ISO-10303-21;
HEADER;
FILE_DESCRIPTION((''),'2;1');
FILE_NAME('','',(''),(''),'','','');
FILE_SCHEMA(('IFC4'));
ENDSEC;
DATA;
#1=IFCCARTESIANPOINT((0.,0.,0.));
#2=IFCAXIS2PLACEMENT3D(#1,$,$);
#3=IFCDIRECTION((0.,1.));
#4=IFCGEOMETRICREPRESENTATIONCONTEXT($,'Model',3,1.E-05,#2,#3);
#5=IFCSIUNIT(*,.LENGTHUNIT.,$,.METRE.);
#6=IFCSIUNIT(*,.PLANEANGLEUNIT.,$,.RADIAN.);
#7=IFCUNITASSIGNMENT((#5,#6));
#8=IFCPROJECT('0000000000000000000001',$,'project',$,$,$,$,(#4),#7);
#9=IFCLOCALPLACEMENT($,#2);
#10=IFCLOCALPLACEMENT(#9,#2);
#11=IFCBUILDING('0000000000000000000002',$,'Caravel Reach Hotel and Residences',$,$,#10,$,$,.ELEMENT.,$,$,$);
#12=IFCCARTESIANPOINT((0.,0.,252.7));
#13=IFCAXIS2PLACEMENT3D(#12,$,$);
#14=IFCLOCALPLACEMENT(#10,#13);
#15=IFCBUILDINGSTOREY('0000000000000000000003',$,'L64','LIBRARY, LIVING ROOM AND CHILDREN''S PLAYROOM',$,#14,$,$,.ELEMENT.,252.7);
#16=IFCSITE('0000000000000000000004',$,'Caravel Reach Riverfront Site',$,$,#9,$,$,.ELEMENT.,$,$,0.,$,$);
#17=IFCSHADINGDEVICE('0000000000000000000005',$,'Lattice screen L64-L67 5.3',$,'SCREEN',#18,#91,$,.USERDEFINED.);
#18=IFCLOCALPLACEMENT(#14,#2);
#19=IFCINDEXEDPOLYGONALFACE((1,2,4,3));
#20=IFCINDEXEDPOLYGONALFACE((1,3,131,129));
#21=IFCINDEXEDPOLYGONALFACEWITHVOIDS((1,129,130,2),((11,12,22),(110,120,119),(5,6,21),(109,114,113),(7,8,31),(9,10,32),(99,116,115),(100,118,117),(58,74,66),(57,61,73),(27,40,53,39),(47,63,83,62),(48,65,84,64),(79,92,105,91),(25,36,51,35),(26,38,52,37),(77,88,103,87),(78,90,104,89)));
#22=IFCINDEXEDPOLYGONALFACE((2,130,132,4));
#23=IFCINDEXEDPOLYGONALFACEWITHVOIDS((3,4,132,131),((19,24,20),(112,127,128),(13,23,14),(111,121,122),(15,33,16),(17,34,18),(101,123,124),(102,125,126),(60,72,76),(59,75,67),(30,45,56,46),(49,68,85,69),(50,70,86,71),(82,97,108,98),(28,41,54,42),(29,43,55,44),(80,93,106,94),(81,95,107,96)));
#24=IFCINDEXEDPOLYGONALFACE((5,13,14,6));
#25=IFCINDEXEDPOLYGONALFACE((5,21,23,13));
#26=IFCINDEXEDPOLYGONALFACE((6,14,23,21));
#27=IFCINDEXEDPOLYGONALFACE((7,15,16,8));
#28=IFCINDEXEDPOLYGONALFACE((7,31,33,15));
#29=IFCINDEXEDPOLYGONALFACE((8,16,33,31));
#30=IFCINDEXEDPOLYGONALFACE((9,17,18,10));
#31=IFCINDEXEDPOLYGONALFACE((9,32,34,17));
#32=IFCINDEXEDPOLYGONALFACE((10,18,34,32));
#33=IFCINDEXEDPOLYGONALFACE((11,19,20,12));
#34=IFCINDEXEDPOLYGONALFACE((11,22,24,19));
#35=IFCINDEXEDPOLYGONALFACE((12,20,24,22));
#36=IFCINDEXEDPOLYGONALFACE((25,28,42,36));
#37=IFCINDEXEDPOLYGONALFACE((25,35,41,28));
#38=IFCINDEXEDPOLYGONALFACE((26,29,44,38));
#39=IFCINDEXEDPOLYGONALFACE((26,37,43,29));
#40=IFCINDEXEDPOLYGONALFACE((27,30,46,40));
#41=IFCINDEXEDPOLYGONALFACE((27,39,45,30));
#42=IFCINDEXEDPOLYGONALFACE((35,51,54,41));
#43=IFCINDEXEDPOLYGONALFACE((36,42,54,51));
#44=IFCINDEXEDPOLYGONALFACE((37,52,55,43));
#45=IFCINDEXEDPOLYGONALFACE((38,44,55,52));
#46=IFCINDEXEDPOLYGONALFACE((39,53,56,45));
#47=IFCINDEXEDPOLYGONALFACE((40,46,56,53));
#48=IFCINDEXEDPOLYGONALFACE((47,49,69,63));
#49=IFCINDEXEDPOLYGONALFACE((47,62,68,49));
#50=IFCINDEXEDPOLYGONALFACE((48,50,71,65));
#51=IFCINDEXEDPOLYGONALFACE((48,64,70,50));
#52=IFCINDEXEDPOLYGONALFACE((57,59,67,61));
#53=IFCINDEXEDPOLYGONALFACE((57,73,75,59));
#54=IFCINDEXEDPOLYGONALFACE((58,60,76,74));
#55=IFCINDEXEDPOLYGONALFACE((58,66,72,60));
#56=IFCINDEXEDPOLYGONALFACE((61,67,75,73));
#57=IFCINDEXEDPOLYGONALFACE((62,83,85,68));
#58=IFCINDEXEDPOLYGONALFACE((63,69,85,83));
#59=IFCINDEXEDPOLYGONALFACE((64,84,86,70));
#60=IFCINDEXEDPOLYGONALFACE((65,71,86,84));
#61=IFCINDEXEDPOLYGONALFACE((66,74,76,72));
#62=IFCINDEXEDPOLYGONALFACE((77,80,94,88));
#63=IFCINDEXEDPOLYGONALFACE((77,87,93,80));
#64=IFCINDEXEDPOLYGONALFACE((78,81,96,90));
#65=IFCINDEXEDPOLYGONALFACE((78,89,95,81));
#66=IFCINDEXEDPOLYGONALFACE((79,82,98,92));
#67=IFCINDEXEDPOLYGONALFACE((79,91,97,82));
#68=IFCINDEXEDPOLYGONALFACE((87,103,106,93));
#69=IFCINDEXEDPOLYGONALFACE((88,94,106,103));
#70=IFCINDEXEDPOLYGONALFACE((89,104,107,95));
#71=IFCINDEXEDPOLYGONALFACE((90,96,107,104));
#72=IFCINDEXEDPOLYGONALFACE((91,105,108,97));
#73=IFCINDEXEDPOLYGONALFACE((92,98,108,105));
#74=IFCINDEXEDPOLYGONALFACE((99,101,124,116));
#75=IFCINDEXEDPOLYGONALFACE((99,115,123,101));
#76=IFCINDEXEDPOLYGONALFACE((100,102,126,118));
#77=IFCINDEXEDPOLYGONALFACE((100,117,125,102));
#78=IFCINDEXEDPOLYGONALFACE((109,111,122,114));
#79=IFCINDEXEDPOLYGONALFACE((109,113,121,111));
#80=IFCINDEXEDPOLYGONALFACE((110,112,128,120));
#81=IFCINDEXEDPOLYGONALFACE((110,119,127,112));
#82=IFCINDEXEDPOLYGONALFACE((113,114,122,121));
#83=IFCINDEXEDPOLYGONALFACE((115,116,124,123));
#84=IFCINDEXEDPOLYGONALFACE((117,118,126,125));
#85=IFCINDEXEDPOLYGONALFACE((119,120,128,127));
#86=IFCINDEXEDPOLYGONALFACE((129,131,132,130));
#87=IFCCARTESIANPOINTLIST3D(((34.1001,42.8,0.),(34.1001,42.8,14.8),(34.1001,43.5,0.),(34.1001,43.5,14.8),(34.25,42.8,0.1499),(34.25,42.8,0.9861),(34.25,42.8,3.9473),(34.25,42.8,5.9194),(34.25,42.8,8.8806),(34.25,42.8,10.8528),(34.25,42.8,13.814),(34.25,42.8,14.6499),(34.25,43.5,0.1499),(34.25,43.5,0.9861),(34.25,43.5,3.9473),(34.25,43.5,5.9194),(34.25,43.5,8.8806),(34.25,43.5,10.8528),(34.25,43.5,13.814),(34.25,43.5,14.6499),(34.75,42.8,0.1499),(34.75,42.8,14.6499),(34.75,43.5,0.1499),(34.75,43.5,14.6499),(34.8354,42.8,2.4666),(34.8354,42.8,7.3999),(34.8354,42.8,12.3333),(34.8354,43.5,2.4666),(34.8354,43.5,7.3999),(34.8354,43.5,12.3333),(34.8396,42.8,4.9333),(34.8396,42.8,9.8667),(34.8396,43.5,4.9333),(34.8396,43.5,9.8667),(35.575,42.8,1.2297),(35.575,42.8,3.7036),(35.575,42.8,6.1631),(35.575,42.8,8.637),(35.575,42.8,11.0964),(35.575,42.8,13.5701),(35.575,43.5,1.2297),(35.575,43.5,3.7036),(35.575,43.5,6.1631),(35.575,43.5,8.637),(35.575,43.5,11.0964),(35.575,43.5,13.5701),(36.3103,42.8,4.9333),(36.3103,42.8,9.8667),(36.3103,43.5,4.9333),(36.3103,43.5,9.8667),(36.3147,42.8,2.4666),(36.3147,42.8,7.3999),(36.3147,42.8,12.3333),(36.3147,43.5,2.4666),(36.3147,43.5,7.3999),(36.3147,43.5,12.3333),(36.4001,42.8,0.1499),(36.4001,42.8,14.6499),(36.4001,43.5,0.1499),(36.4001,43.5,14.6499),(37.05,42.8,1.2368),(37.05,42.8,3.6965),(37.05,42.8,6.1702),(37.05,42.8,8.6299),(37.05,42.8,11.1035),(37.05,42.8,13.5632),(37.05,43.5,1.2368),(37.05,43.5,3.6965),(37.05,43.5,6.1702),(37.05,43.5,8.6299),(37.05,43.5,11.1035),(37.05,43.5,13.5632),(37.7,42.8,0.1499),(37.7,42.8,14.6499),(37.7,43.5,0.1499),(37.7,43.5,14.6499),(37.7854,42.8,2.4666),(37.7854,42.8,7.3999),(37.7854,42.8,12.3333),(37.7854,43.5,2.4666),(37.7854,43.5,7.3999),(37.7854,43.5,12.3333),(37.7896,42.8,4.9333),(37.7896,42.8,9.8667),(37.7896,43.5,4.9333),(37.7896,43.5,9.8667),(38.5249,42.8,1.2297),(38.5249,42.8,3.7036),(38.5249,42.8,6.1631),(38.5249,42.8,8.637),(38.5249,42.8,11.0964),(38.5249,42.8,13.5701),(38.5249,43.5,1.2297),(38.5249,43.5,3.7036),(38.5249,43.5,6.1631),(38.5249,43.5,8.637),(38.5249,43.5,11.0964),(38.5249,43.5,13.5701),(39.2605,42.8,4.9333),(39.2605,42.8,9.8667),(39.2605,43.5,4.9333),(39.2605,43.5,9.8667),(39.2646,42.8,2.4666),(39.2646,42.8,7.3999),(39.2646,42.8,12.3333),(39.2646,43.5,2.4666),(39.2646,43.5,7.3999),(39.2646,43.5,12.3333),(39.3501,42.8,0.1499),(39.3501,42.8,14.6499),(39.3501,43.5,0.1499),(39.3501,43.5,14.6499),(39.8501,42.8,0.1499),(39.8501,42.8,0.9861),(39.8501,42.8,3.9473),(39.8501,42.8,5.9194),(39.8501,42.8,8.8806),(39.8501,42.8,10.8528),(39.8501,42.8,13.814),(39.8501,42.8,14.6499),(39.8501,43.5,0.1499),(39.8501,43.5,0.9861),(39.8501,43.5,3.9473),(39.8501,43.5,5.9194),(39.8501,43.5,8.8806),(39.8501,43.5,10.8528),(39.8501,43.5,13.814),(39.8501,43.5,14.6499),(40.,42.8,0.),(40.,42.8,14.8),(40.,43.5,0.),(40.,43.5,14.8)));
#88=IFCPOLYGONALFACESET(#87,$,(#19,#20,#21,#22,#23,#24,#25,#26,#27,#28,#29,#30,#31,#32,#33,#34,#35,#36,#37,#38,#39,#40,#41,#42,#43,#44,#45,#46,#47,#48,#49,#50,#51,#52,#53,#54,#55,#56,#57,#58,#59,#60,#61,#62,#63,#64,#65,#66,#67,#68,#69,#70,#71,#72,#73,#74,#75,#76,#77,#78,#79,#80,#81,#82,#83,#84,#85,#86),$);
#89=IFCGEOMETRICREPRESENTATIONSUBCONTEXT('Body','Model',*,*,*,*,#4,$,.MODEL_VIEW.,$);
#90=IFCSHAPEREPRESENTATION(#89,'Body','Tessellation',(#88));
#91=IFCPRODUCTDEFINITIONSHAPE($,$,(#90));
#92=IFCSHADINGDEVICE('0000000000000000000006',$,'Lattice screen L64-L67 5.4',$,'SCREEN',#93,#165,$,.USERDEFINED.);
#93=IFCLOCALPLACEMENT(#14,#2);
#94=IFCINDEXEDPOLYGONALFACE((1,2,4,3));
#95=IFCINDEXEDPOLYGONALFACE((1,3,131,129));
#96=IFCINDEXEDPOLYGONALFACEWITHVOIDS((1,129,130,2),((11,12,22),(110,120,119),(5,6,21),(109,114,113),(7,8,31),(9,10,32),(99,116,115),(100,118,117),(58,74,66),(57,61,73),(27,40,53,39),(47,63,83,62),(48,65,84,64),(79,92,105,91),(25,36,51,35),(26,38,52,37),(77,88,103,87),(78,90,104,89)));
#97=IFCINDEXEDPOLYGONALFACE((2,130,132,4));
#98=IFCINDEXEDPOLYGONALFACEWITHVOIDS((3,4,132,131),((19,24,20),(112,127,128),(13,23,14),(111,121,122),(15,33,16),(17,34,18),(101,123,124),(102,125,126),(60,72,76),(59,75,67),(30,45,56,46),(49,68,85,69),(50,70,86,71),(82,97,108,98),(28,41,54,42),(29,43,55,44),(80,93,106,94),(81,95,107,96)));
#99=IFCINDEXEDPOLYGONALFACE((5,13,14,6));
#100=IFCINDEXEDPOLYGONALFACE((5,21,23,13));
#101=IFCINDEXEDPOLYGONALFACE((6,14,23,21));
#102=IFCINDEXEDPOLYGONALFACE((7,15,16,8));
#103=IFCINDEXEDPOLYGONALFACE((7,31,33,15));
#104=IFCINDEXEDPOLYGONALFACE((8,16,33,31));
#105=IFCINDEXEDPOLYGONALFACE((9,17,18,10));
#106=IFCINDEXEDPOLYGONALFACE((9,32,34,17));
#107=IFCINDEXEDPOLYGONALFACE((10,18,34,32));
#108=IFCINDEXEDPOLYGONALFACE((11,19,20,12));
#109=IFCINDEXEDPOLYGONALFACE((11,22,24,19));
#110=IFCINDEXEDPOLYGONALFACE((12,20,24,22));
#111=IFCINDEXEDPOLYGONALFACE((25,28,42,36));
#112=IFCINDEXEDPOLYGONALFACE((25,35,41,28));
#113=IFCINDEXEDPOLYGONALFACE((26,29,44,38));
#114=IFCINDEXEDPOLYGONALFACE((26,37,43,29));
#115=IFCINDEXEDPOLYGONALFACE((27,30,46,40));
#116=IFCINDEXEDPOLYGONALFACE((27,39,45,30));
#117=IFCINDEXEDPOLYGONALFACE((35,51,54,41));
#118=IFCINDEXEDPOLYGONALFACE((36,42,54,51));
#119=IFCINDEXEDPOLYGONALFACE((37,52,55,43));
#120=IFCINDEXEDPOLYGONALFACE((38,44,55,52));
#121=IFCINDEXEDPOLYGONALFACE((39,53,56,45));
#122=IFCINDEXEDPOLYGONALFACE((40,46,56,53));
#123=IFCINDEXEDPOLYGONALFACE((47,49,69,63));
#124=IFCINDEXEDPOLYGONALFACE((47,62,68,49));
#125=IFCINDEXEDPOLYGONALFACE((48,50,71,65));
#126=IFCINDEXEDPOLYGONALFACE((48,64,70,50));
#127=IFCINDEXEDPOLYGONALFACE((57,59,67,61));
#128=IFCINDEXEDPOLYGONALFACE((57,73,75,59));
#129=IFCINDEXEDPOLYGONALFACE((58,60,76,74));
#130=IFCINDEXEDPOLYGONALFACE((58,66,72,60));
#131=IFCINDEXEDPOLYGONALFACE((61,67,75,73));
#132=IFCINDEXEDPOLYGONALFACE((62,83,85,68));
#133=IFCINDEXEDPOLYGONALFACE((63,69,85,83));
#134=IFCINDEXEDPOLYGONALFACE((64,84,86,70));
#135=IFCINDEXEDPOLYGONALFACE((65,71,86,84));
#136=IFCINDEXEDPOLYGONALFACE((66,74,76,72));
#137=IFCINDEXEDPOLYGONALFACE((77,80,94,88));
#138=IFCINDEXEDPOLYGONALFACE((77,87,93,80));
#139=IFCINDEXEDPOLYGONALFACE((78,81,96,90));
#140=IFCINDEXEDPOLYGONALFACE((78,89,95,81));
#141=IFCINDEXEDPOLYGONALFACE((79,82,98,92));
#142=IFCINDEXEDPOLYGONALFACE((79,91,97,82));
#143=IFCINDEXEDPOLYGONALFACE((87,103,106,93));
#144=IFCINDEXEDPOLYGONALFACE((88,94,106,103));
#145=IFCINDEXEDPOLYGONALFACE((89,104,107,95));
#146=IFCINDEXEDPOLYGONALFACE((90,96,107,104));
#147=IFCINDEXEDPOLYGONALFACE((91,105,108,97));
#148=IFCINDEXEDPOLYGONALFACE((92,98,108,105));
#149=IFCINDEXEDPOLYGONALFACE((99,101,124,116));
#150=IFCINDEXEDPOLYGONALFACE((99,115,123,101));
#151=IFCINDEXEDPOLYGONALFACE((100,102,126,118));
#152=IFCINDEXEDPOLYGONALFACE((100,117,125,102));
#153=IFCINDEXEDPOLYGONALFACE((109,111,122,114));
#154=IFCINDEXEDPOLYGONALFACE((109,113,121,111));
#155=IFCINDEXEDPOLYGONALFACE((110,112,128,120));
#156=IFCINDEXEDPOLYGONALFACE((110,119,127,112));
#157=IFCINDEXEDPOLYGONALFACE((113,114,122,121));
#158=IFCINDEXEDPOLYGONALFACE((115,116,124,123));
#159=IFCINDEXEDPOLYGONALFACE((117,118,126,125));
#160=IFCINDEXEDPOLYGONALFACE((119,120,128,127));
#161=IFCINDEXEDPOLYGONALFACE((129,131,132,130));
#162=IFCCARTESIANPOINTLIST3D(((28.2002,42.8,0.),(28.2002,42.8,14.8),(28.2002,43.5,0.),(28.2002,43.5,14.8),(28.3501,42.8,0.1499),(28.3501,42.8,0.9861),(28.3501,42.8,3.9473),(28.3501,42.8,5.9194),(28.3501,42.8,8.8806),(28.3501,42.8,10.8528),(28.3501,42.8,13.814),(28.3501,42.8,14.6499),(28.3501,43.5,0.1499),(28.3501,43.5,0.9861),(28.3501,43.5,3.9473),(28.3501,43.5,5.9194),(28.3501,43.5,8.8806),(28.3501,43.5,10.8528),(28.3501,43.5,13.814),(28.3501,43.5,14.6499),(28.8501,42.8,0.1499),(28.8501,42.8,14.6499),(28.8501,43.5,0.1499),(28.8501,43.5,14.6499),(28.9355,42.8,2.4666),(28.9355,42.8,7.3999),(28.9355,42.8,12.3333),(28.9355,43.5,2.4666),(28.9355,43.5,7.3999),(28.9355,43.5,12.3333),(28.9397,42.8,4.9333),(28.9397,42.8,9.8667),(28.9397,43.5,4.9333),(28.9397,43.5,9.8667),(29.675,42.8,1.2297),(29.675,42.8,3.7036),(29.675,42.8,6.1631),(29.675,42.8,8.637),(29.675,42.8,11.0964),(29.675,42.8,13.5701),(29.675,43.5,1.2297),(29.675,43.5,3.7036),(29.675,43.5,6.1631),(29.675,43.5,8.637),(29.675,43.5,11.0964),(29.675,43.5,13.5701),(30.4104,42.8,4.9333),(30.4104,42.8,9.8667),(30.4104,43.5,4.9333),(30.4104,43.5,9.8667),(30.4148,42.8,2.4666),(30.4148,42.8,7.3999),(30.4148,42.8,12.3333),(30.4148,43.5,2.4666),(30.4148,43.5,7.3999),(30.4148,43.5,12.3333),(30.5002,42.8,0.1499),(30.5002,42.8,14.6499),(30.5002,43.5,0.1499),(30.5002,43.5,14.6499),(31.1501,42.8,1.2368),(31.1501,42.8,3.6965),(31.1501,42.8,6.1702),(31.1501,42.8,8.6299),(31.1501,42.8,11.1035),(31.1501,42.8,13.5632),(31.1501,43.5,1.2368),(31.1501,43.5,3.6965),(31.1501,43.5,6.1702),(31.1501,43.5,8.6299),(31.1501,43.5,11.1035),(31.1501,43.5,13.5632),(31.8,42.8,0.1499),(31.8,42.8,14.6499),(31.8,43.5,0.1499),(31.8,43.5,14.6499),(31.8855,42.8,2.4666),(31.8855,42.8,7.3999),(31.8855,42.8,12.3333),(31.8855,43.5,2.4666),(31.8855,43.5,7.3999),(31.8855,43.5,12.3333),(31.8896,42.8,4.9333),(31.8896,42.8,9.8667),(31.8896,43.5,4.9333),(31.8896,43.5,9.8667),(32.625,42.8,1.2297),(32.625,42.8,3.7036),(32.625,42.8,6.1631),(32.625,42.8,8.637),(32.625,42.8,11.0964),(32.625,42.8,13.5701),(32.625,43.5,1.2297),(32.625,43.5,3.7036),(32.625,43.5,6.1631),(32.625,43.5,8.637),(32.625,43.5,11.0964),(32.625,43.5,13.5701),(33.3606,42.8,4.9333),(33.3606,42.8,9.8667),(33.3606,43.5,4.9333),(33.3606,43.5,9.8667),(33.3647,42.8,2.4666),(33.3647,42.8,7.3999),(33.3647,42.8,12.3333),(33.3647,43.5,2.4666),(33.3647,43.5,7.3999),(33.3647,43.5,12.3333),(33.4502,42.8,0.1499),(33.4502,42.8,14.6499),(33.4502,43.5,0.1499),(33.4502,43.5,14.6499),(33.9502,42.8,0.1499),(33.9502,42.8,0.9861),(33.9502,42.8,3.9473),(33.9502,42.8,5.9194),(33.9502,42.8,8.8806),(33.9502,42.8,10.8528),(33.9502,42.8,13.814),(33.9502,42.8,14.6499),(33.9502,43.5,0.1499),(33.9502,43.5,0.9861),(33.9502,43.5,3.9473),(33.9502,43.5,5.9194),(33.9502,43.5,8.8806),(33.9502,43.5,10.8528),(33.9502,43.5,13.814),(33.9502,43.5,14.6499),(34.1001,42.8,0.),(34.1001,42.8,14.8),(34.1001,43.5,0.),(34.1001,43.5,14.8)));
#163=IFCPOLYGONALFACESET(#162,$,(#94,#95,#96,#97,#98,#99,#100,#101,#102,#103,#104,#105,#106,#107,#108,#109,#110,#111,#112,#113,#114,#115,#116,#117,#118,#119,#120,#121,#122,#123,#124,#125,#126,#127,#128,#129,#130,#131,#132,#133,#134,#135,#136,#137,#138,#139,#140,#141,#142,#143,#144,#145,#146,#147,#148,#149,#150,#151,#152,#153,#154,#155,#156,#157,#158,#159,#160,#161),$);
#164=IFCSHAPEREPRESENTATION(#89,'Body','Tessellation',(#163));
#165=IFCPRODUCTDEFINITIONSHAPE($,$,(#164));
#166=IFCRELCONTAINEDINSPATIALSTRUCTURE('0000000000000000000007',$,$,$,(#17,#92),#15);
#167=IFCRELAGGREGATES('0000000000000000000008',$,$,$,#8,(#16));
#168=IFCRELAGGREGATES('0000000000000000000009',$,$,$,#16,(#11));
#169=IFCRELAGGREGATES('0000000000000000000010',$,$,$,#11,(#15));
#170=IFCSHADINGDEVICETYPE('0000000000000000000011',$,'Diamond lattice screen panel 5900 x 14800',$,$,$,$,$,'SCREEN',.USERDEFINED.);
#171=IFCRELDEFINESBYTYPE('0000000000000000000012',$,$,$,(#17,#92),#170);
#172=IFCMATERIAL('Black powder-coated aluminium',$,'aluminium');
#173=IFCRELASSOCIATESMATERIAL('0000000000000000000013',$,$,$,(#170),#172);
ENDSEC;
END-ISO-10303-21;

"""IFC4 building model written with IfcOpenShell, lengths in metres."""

from ifc_helpers import new_model, si_unit, direction, frame, origin, place, context, subcontext, project, spatial, polyline, outline, extrude, material, type_object, element, save


model = new_model("IFC4")

# Units and contexts
model_context = context("Model", 3, precision=1e-05, world=origin(), true_north=direction((0.0, 1.0)))
body_context = subcontext(model_context, "Body", "Model", "MODEL_VIEW")
ifc_project = project(units=[si_unit("LENGTHUNIT", "METRE"), si_unit("PLANEANGLEUNIT", "RADIAN")], contexts=[model_context])

# Site, building, storey
site_placement = place(None, origin())
site = spatial("IfcSite", under=ifc_project, at=site_placement, Name="Caravel Reach Riverfront Site", CompositionType="ELEMENT", RefElevation=0.0)
building_placement = place(site_placement, origin())
building = spatial("IfcBuilding", under=site, at=building_placement, Name="Caravel Reach Hotel and Residences", CompositionType="ELEMENT")
storey_placement = place(building_placement, frame((0.0, 0.0, 252.7)))
storey = spatial("IfcBuildingStorey", under=building, at=storey_placement, Name="L64", Description="LIBRARY, LIVING ROOM AND CHILDREN'S PLAYROOM", CompositionType="ELEMENT", Elevation=252.7)

# Shading devices
ifc_material_1 = material(Name="Black powder-coated aluminium", Category="aluminium")
shading_device_type = type_object("IfcShadingDeviceType", Name="Diamond lattice screen panel 5900 x 14800", ElementType="SCREEN", PredefinedType="USERDEFINED", material=ifc_material_1)
shading_device_1_placement = place(storey_placement, frame((40.0, 42.8, 0.0), z_axis=(0.0, 1.0, 0.0), x_axis=(-1.0, 0.0, 0.0)))
element("IfcShadingDevice", 1, at=shading_device_1_placement, inside=storey, type_object=shading_device_type, Name="Lattice screen L64-L67 5.3", ObjectType="SCREEN", PredefinedType="USERDEFINED", context=body_context, shape_type="SweptSolid", body=[
    extrude(outline(polyline([(0.0, 0.0), (5.8999, 0.0), (5.8999, 14.8), (0.0, 14.8), (0.0, 0.0)]), holes=[polyline([(0.6499, 0.1499), (0.1499, 0.9861), (0.1499, 0.1499), (0.6499, 0.1499)]), polyline([(0.7395, 4.9333), (0.1499, 5.9194), (0.1499, 3.9473), (0.7395, 4.9333)]), polyline([(0.7395, 9.8667), (0.1499, 10.8528), (0.1499, 8.8806), (0.7395, 9.8667)]), polyline([(0.1499, 13.814), (0.6499, 14.6499), (0.1499, 14.6499), (0.1499, 13.814)]), polyline([(1.4751, 3.7036), (0.7354, 2.4666), (1.4751, 1.2297), (2.2146, 2.4666), (1.4751, 3.7036)]), polyline([(1.4751, 8.637), (0.7354, 7.3999), (1.4751, 6.1631), (2.2146, 7.3999), (1.4751, 8.637)]), polyline([(1.4751, 13.5701), (0.7354, 12.3333), (1.4751, 11.0964), (2.2146, 12.3333), (1.4751, 13.5701)]), polyline([(2.95, 1.2368), (2.3, 0.1499), (3.5999, 0.1499), (2.95, 1.2368)]), polyline([(2.95, 6.1702), (2.2104, 4.9333), (2.95, 3.6965), (3.6897, 4.9333), (2.95, 6.1702)]), polyline([(2.95, 11.1035), (2.2104, 9.8667), (2.95, 8.6299), (3.6897, 9.8667), (2.95, 11.1035)]), polyline([(2.95, 13.5632), (3.5999, 14.6499), (2.3, 14.6499), (2.95, 13.5632)]), polyline([(4.425, 3.7036), (3.6853, 2.4666), (4.425, 1.2297), (5.1646, 2.4666), (4.425, 3.7036)]), polyline([(4.425, 8.637), (3.6853, 7.3999), (4.425, 6.1631), (5.1646, 7.3999), (4.425, 8.637)]), polyline([(4.425, 13.5701), (3.6853, 12.3333), (4.425, 11.0964), (5.1646, 12.3333), (4.425, 13.5701)]), polyline([(5.75, 0.9861), (5.25, 0.1499), (5.75, 0.1499), (5.75, 0.9861)]), polyline([(5.1604, 4.9333), (5.75, 3.9473), (5.75, 5.9194), (5.1604, 4.9333)]), polyline([(5.1604, 9.8667), (5.75, 8.8806), (5.75, 10.8528), (5.1604, 9.8667)]), polyline([(5.25, 14.6499), (5.75, 13.814), (5.75, 14.6499), (5.25, 14.6499)])]), origin(), (0.0, 0.0, 1.0), 0.7),
])
shading_device_2_placement = place(storey_placement, frame((34.1001, 42.8, 0.0), z_axis=(0.0, 1.0, 0.0), x_axis=(-1.0, 0.0, 0.0)))
element("IfcShadingDevice", 2, at=shading_device_2_placement, inside=storey, type_object=shading_device_type, Name="Lattice screen L64-L67 5.4", ObjectType="SCREEN", PredefinedType="USERDEFINED", context=body_context, shape_type="SweptSolid", body=[
    extrude(outline(polyline([(0.0, 0.0), (5.8999, 0.0), (5.8999, 14.8), (0.0, 14.8), (0.0, 0.0)]), holes=[polyline([(0.6499, 0.1499), (0.1499, 0.9861), (0.1499, 0.1499), (0.6499, 0.1499)]), polyline([(0.7395, 4.9333), (0.1499, 5.9194), (0.1499, 3.9473), (0.7395, 4.9333)]), polyline([(0.7395, 9.8667), (0.1499, 10.8528), (0.1499, 8.8806), (0.7395, 9.8667)]), polyline([(0.1499, 13.814), (0.6499, 14.6499), (0.1499, 14.6499), (0.1499, 13.814)]), polyline([(1.4751, 3.7036), (0.7354, 2.4666), (1.4751, 1.2297), (2.2146, 2.4666), (1.4751, 3.7036)]), polyline([(1.4751, 8.637), (0.7354, 7.3999), (1.4751, 6.1631), (2.2146, 7.3999), (1.4751, 8.637)]), polyline([(1.4751, 13.5701), (0.7354, 12.3333), (1.4751, 11.0964), (2.2146, 12.3333), (1.4751, 13.5701)]), polyline([(2.95, 1.2368), (2.3, 0.1499), (3.5999, 0.1499), (2.95, 1.2368)]), polyline([(2.95, 6.1702), (2.2104, 4.9333), (2.95, 3.6965), (3.6897, 4.9333), (2.95, 6.1702)]), polyline([(2.95, 11.1035), (2.2104, 9.8667), (2.95, 8.6299), (3.6897, 9.8667), (2.95, 11.1035)]), polyline([(2.95, 13.5632), (3.5999, 14.6499), (2.3, 14.6499), (2.95, 13.5632)]), polyline([(4.425, 3.7036), (3.6853, 2.4666), (4.425, 1.2297), (5.1646, 2.4666), (4.425, 3.7036)]), polyline([(4.425, 8.637), (3.6853, 7.3999), (4.425, 6.1631), (5.1646, 7.3999), (4.425, 8.637)]), polyline([(4.425, 13.5701), (3.6853, 12.3333), (4.425, 11.0964), (5.1646, 12.3333), (4.425, 13.5701)]), polyline([(5.75, 0.9861), (5.25, 0.1499), (5.75, 0.1499), (5.75, 0.9861)]), polyline([(5.1604, 4.9333), (5.75, 3.9473), (5.75, 5.9194), (5.1604, 4.9333)]), polyline([(5.1604, 9.8667), (5.75, 8.8806), (5.75, 10.8528), (5.1604, 9.8667)]), polyline([(5.25, 14.6499), (5.75, 13.814), (5.75, 14.6499), (5.25, 14.6499)])]), origin(), (0.0, 0.0, 1.0), 0.7),
])

save(model, "model.ifc")
